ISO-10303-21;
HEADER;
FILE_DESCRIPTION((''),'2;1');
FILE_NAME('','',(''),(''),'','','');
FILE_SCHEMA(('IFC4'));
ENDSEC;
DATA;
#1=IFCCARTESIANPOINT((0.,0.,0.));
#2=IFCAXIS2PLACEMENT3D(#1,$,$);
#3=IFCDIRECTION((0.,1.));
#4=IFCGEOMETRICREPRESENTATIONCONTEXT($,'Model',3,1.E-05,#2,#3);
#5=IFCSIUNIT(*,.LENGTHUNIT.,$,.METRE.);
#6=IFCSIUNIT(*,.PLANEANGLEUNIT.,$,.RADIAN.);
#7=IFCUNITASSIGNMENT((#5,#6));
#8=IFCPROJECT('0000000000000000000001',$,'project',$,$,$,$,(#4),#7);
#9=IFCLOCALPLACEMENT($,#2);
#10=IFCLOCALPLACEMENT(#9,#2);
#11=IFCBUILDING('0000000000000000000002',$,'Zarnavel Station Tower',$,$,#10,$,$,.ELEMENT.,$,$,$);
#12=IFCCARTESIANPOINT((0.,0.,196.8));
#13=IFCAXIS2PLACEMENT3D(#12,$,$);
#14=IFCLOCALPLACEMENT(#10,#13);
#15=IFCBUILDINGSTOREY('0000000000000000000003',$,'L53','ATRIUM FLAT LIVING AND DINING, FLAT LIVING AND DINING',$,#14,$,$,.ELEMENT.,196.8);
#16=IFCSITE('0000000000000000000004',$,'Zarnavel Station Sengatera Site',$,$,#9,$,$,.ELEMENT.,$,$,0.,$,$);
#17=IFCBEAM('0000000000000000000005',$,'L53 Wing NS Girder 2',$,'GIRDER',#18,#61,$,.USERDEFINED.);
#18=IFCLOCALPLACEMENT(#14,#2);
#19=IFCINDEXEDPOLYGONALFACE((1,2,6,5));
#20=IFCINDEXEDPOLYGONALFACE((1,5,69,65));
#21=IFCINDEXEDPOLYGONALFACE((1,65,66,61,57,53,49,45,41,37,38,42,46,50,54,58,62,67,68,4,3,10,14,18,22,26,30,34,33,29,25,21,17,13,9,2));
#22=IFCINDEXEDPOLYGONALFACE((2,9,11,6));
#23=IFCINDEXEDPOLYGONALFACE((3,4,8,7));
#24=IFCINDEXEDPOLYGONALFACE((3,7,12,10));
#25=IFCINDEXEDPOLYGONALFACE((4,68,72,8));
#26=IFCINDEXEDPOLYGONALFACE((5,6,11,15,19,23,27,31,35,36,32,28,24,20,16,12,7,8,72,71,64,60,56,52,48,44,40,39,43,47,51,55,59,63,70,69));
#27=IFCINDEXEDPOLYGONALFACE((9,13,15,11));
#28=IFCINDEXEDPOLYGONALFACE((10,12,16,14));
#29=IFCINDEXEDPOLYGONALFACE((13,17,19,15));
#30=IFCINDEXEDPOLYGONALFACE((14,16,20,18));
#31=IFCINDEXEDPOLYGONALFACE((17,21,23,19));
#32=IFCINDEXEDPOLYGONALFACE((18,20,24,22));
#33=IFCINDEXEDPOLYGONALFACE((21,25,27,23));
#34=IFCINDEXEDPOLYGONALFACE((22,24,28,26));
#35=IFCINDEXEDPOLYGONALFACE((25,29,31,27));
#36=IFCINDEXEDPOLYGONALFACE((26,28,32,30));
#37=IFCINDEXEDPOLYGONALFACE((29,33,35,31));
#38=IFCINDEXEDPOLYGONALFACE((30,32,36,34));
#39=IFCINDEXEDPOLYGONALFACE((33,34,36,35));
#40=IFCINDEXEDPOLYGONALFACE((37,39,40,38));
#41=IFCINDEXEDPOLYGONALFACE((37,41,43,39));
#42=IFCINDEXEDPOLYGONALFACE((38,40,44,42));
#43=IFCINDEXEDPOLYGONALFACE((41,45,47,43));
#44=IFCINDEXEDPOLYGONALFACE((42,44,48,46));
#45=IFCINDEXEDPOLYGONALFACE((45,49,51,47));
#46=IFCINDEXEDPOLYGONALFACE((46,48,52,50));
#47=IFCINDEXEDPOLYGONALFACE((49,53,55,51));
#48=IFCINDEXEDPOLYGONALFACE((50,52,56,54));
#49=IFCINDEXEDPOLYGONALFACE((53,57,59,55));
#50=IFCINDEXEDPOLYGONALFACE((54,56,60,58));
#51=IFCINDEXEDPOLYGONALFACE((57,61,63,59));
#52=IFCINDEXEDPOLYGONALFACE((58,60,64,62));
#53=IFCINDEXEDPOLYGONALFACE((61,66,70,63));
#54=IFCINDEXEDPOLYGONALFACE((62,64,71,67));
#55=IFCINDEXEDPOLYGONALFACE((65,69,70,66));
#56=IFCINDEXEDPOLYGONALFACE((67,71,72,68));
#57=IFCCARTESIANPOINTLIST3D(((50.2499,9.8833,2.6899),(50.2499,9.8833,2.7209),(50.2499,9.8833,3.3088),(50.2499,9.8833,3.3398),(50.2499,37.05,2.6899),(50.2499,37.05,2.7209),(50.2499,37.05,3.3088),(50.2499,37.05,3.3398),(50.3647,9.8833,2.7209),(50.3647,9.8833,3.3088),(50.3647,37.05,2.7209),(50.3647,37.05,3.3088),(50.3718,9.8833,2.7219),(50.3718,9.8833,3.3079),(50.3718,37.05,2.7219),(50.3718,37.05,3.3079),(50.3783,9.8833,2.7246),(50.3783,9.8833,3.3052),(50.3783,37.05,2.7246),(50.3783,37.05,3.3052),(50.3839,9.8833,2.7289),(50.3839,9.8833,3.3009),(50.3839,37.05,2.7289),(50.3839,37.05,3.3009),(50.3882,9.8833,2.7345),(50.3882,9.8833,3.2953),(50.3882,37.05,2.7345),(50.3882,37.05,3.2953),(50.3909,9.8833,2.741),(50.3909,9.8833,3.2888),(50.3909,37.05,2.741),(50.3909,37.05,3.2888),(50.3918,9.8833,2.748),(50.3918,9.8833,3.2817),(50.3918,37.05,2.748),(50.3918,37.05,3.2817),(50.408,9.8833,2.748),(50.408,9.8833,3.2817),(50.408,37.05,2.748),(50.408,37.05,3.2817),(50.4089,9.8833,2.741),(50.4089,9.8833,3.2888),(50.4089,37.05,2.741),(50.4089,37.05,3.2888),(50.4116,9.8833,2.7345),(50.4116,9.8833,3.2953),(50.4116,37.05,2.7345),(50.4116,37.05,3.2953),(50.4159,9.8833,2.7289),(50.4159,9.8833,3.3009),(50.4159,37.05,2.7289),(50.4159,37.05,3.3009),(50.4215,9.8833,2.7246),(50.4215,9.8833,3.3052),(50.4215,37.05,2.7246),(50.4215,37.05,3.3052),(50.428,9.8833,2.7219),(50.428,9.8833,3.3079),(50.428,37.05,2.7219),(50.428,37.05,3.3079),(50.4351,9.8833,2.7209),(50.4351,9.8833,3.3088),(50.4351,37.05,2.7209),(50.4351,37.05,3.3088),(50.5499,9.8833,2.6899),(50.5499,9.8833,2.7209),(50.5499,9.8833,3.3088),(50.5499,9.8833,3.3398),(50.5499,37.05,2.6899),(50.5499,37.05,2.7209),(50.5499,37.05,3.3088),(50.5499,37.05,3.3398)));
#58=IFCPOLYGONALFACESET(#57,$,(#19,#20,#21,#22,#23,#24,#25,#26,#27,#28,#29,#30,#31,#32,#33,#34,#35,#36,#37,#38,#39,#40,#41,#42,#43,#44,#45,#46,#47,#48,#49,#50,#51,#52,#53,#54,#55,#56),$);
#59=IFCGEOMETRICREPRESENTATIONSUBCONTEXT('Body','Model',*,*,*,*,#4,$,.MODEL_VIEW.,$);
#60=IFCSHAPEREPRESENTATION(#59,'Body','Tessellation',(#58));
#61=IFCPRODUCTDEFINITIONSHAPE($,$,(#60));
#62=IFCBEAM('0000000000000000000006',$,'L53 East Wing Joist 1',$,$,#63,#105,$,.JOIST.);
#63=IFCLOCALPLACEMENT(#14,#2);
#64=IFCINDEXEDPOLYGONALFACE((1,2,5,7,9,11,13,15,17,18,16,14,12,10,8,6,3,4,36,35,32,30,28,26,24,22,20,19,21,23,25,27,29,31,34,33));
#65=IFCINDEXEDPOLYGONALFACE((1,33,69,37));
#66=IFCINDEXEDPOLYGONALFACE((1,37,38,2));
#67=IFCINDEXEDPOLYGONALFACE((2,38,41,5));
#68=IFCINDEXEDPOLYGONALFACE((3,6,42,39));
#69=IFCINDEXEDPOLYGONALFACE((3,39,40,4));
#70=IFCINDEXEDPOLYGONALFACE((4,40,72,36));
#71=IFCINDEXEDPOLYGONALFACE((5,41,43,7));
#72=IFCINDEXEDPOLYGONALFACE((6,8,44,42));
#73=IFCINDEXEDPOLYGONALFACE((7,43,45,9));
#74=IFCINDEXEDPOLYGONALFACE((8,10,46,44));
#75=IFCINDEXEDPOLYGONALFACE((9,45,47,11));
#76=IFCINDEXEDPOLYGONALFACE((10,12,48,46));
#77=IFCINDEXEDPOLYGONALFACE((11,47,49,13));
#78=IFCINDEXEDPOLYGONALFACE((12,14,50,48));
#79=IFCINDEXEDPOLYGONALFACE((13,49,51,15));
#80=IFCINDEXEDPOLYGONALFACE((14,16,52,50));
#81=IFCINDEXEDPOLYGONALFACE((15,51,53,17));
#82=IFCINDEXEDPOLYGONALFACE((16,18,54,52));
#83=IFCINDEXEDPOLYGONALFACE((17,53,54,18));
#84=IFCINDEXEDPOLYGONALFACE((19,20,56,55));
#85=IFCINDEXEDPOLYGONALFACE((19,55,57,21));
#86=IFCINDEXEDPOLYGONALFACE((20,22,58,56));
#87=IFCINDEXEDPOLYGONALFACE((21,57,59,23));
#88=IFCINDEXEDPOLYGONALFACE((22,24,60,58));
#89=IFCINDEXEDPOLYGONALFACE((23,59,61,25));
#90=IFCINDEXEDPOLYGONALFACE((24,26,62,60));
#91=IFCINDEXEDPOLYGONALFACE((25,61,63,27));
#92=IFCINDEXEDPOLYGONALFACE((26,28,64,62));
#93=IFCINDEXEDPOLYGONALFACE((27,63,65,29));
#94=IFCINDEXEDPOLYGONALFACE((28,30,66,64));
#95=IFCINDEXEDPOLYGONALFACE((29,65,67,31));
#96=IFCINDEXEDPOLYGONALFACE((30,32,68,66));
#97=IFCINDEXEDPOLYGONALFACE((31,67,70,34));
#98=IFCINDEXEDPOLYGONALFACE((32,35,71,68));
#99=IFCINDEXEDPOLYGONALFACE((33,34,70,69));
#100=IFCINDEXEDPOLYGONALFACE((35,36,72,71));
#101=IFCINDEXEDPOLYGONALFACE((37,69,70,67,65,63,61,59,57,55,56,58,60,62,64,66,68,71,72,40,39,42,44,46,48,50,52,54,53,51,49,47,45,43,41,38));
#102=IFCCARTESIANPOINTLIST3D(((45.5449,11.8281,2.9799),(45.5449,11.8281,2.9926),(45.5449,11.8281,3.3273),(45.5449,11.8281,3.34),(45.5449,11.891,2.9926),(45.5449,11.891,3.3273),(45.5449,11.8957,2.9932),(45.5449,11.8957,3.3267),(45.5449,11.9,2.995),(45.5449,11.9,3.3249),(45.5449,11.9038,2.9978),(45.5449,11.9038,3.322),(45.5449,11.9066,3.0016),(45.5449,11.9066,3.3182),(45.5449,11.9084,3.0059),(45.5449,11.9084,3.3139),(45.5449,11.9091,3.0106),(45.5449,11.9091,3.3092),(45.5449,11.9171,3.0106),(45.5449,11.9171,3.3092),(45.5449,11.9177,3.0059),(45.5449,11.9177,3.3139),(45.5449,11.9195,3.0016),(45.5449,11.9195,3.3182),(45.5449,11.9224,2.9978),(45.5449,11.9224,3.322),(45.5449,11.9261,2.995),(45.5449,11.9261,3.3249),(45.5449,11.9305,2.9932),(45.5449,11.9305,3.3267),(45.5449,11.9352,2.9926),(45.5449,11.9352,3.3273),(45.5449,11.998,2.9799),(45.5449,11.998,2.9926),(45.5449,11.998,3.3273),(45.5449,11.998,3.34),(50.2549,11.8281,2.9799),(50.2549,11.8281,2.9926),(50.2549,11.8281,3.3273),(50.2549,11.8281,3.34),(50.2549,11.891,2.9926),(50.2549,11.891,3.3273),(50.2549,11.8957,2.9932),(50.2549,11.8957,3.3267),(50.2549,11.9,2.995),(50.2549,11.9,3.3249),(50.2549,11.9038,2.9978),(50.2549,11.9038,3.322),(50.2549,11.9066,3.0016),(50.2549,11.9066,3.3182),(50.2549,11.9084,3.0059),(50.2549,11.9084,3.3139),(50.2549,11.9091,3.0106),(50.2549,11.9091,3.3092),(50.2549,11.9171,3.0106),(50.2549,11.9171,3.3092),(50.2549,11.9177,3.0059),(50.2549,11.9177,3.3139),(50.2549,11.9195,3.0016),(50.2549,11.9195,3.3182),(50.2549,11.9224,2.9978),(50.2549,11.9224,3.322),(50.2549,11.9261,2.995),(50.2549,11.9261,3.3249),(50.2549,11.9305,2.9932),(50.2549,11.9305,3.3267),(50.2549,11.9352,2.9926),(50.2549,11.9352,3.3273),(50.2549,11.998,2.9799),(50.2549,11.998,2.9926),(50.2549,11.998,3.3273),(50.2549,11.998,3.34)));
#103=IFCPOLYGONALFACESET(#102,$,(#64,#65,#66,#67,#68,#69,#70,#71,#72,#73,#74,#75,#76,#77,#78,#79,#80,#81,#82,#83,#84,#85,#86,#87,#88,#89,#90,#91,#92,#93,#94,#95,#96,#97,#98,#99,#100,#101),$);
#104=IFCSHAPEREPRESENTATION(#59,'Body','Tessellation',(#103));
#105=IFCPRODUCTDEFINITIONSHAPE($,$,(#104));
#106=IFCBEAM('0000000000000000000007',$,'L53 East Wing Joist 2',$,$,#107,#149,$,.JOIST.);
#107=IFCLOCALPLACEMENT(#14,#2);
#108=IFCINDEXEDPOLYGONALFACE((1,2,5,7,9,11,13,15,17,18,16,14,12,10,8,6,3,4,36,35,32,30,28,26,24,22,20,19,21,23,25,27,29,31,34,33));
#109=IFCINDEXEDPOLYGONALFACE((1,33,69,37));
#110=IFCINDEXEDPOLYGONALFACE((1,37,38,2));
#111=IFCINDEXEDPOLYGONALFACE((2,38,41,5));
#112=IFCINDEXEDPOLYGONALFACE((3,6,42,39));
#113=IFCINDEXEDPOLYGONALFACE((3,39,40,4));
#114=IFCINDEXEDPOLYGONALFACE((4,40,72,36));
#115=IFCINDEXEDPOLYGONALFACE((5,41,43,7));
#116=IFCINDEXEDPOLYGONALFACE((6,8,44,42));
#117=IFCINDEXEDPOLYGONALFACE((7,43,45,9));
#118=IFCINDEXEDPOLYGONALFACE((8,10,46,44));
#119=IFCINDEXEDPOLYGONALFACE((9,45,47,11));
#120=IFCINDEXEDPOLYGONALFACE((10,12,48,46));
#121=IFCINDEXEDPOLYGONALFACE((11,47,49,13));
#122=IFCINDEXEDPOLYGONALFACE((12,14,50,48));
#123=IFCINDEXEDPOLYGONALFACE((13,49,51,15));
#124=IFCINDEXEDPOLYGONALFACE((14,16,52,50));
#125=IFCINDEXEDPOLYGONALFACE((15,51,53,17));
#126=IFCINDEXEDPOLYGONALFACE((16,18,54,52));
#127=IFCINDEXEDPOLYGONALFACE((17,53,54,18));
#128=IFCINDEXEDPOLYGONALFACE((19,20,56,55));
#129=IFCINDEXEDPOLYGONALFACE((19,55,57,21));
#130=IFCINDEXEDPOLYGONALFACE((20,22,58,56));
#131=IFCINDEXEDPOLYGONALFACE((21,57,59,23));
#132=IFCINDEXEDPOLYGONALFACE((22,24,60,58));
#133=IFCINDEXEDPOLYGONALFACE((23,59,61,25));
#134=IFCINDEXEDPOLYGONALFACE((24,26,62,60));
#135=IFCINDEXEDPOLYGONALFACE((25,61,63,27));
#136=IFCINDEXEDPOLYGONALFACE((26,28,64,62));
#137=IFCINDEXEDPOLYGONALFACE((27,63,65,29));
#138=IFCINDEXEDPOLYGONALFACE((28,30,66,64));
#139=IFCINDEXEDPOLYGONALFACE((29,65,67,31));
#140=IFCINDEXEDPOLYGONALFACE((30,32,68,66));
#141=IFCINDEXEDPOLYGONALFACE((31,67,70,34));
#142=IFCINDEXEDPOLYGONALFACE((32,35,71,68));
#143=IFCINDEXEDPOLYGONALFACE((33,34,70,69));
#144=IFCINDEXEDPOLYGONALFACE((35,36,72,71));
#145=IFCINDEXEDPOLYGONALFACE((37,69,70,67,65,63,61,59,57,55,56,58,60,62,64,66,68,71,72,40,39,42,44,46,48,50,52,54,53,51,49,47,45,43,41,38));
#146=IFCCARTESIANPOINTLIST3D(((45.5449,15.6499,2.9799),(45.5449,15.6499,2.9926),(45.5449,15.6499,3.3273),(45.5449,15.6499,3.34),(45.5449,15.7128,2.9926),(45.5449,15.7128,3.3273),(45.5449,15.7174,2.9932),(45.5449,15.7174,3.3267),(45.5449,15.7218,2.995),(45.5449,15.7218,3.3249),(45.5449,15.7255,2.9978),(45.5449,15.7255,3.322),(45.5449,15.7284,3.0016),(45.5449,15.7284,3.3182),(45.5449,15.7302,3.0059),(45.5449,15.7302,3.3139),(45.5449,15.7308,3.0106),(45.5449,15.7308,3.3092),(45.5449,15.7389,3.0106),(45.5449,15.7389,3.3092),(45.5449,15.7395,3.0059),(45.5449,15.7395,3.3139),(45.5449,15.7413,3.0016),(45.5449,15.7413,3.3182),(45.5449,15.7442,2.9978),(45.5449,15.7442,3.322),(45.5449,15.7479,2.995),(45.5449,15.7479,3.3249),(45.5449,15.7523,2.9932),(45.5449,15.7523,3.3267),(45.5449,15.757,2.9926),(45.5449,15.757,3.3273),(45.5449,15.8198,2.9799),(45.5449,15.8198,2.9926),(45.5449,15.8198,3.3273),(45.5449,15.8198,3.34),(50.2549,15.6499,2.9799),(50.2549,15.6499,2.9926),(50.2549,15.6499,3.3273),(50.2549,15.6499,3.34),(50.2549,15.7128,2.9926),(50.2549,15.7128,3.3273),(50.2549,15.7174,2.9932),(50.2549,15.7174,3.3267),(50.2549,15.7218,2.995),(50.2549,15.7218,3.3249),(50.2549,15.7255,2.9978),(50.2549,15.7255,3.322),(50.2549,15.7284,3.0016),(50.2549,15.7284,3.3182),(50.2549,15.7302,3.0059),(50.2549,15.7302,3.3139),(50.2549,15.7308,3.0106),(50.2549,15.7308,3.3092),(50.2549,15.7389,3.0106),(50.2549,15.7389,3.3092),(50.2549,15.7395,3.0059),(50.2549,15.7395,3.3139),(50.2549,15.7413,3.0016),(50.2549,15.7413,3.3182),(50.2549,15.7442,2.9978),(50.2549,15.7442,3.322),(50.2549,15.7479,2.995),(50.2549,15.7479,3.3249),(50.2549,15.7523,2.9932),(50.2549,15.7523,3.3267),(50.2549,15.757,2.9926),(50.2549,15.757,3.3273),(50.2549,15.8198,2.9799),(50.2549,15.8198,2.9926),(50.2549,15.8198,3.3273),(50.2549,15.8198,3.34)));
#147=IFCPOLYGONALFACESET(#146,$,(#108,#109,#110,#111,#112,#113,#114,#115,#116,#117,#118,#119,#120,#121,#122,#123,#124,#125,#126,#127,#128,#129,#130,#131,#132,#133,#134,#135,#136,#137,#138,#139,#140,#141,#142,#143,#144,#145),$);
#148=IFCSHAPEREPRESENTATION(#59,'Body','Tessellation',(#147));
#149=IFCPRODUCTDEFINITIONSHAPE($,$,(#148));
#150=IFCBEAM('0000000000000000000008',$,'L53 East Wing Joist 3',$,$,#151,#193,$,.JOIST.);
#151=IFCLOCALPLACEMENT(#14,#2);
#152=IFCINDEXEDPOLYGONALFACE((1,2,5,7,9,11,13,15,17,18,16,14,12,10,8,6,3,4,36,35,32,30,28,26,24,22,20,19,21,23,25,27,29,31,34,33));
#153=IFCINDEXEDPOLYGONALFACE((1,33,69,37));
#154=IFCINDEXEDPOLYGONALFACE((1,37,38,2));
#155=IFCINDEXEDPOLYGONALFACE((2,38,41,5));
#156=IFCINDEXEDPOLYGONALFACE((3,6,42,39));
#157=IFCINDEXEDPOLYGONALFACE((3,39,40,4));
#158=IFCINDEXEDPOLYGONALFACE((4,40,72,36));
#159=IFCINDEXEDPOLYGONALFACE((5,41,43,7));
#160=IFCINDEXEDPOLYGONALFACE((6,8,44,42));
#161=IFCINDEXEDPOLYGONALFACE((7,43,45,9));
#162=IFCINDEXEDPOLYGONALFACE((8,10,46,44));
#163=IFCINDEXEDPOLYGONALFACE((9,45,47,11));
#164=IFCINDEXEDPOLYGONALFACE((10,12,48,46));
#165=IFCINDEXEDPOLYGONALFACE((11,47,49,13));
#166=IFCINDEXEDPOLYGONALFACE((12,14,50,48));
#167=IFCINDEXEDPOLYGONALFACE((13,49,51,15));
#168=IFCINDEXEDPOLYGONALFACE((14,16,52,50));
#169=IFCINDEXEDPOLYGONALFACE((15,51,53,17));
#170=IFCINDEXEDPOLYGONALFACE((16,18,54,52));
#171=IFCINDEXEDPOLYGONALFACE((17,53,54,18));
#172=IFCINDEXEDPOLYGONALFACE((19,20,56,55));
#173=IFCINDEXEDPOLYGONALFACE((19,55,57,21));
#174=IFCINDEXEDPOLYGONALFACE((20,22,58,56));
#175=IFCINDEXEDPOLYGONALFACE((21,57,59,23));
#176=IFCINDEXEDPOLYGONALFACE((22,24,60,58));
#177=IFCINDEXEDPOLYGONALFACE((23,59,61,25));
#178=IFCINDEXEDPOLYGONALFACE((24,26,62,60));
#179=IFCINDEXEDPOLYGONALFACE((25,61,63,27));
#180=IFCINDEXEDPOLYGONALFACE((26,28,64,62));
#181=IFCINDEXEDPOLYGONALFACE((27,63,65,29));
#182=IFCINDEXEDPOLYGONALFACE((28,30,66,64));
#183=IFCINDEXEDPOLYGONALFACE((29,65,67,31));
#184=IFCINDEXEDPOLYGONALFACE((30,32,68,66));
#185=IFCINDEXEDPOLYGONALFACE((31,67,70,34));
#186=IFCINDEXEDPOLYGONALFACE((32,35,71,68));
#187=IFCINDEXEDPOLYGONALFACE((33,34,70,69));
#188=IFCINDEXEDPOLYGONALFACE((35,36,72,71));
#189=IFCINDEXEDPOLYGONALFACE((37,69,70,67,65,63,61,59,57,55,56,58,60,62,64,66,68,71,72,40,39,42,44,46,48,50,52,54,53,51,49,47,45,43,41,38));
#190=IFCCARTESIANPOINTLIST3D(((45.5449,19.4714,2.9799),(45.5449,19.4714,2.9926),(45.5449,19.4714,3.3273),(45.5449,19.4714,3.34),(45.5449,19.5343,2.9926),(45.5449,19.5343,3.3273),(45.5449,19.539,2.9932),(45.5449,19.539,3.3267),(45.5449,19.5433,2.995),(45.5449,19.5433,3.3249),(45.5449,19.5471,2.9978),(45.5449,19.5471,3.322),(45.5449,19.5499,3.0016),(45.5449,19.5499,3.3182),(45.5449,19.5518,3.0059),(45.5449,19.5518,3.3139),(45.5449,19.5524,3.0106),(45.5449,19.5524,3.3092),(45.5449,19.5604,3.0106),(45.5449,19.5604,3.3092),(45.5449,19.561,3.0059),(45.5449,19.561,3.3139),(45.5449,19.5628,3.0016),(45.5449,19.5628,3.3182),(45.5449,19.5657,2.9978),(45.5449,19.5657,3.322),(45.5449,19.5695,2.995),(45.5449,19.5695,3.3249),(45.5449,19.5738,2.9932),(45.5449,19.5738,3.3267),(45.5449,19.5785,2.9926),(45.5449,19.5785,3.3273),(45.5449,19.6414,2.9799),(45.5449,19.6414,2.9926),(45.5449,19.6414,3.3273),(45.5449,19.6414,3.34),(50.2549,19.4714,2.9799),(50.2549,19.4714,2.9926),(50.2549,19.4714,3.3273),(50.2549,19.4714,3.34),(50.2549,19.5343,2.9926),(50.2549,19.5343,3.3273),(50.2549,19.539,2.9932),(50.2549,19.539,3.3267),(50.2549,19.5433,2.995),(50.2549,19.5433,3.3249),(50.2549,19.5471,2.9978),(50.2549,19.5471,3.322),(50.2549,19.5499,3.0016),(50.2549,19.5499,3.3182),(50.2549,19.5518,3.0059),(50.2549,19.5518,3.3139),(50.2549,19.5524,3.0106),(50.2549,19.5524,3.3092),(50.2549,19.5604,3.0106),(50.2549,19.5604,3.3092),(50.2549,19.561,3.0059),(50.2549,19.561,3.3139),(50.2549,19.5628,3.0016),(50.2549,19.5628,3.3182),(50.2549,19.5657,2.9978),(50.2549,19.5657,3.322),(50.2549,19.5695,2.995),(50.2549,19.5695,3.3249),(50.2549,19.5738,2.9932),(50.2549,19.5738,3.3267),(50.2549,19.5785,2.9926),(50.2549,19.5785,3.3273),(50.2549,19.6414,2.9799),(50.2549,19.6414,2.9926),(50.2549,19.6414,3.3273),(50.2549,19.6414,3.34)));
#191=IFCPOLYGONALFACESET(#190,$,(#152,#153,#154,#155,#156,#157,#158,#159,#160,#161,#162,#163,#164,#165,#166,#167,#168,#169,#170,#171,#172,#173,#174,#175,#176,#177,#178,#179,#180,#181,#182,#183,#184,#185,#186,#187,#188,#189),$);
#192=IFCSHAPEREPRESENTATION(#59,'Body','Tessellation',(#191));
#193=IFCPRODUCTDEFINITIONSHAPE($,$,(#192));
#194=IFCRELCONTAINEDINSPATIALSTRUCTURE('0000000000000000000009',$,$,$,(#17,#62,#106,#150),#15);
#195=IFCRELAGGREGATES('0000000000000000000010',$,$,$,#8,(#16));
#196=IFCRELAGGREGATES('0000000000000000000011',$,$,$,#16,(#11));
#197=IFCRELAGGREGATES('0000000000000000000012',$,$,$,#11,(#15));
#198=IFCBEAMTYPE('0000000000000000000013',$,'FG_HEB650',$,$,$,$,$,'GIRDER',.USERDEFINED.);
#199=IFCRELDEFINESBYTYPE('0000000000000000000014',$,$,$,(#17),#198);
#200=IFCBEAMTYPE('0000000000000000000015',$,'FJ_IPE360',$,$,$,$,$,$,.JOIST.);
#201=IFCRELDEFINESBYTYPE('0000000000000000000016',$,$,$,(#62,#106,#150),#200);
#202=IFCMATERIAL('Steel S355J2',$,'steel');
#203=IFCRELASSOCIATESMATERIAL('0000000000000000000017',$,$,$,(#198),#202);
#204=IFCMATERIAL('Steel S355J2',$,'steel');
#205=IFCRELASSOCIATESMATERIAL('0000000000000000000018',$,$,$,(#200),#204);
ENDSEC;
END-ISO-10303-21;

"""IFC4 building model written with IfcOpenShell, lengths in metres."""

from ifc_helpers import new_model, si_unit, direction, frame, origin, origin_2d, place, context, subcontext, project, spatial, i_section, extrude, material, material_profile, profile_set, type_object, element, save


model = new_model("IFC4")

# Units and contexts
model_context = context("Model", 3, precision=1e-05, world=origin(), true_north=direction((0.0, 1.0)))
body_context = subcontext(model_context, "Body", "Model", "MODEL_VIEW")
ifc_project = project(units=[si_unit("LENGTHUNIT", "METRE"), si_unit("PLANEANGLEUNIT", "RADIAN")], contexts=[model_context])

# Site, building, storey
site_placement = place(None, origin())
site = spatial("IfcSite", under=ifc_project, at=site_placement, Name="Zarnavel Station Sengatera Site", CompositionType="ELEMENT", RefElevation=0.0)
building_placement = place(site_placement, origin())
building = spatial("IfcBuilding", under=site, at=building_placement, Name="Zarnavel Station Tower", CompositionType="ELEMENT")
storey_placement = place(building_placement, frame((0.0, 0.0, 196.8)))
storey = spatial("IfcBuildingStorey", under=building, at=storey_placement, Name="L53", Description="ATRIUM FLAT LIVING AND DINING, FLAT LIVING AND DINING", CompositionType="ELEMENT", Elevation=196.8)

# Beams
ifc_material_1 = material(Name="Steel S355J2", Category="steel")
ifc_material_profile_1 = material_profile(ifc_material_1, i_section(OverallWidth=0.3, OverallDepth=0.6499, WebThickness=0.0161, FlangeThickness=0.031, FilletRadius=0.0271, at=origin_2d()), Name="HEB650")
ifc_profile_set_1 = profile_set([ifc_material_profile_1], Name="Steel S355J2")
beam_type_1 = type_object("IfcBeamType", Name="FG_HEB650", ElementType="GIRDER", PredefinedType="USERDEFINED", material=ifc_profile_set_1)
beam_1_placement = place(storey_placement, frame((50.3999, 9.8833, 3.0149), z_axis=(0.0, 1.0, 0.0), x_axis=(-1.0, 0.0, 0.0)))
element("IfcBeam", 1, at=beam_1_placement, inside=storey, type_object=beam_type_1, Name="L53 Wing NS Girder 2", ObjectType="GIRDER", PredefinedType="USERDEFINED", context=body_context, shape_type="SweptSolid", body=[
    extrude(i_section(OverallWidth=0.3, OverallDepth=0.6499, WebThickness=0.0161, FlangeThickness=0.031, FilletRadius=0.0271, at=origin_2d()), origin(), (0.0, 0.0, 1.0), 27.1667),
])
ifc_material_2 = material(Name="Steel S355J2", Category="steel")
ifc_material_profile_2 = material_profile(ifc_material_2, i_section(OverallWidth=0.1699, OverallDepth=0.3601, WebThickness=0.0081, FlangeThickness=0.0127, FilletRadius=0.0181, at=origin_2d()), Name="IPE360")
ifc_profile_set_2 = profile_set([ifc_material_profile_2], Name="Steel S355J2")
beam_type_2 = type_object("IfcBeamType", Name="FJ_IPE360", PredefinedType="JOIST", material=ifc_profile_set_2)
for number, where, z_axis, x_axis, name in (
    (2, (45.5449, 11.9131, 3.1599), (1.0, 0.0, 0.0), (0.0, 1.0, 0.0), "L53 East Wing Joist 1"),
    (3, (45.5449, 15.7349, 3.1599), (1.0, 0.0, 0.0), (0.0, 1.0, 0.0), "L53 East Wing Joist 2"),
    (4, (45.5449, 19.5564, 3.1599), (1.0, 0.0, 0.0), (0.0, 1.0, 0.0), "L53 East Wing Joist 3"),
):
    element("IfcBeam", number, at=place(storey_placement, frame(where, z_axis=z_axis, x_axis=x_axis)), inside=storey, type_object=beam_type_2, Name=name, PredefinedType="JOIST", context=body_context, shape_type="SweptSolid", body=[
        extrude(i_section(OverallWidth=0.1699, OverallDepth=0.3601, WebThickness=0.0081, FlangeThickness=0.0127, FilletRadius=0.0181, at=origin_2d()), origin(), (0.0, 0.0, 1.0), 4.71),
    ])

save(model, "model.ifc")
